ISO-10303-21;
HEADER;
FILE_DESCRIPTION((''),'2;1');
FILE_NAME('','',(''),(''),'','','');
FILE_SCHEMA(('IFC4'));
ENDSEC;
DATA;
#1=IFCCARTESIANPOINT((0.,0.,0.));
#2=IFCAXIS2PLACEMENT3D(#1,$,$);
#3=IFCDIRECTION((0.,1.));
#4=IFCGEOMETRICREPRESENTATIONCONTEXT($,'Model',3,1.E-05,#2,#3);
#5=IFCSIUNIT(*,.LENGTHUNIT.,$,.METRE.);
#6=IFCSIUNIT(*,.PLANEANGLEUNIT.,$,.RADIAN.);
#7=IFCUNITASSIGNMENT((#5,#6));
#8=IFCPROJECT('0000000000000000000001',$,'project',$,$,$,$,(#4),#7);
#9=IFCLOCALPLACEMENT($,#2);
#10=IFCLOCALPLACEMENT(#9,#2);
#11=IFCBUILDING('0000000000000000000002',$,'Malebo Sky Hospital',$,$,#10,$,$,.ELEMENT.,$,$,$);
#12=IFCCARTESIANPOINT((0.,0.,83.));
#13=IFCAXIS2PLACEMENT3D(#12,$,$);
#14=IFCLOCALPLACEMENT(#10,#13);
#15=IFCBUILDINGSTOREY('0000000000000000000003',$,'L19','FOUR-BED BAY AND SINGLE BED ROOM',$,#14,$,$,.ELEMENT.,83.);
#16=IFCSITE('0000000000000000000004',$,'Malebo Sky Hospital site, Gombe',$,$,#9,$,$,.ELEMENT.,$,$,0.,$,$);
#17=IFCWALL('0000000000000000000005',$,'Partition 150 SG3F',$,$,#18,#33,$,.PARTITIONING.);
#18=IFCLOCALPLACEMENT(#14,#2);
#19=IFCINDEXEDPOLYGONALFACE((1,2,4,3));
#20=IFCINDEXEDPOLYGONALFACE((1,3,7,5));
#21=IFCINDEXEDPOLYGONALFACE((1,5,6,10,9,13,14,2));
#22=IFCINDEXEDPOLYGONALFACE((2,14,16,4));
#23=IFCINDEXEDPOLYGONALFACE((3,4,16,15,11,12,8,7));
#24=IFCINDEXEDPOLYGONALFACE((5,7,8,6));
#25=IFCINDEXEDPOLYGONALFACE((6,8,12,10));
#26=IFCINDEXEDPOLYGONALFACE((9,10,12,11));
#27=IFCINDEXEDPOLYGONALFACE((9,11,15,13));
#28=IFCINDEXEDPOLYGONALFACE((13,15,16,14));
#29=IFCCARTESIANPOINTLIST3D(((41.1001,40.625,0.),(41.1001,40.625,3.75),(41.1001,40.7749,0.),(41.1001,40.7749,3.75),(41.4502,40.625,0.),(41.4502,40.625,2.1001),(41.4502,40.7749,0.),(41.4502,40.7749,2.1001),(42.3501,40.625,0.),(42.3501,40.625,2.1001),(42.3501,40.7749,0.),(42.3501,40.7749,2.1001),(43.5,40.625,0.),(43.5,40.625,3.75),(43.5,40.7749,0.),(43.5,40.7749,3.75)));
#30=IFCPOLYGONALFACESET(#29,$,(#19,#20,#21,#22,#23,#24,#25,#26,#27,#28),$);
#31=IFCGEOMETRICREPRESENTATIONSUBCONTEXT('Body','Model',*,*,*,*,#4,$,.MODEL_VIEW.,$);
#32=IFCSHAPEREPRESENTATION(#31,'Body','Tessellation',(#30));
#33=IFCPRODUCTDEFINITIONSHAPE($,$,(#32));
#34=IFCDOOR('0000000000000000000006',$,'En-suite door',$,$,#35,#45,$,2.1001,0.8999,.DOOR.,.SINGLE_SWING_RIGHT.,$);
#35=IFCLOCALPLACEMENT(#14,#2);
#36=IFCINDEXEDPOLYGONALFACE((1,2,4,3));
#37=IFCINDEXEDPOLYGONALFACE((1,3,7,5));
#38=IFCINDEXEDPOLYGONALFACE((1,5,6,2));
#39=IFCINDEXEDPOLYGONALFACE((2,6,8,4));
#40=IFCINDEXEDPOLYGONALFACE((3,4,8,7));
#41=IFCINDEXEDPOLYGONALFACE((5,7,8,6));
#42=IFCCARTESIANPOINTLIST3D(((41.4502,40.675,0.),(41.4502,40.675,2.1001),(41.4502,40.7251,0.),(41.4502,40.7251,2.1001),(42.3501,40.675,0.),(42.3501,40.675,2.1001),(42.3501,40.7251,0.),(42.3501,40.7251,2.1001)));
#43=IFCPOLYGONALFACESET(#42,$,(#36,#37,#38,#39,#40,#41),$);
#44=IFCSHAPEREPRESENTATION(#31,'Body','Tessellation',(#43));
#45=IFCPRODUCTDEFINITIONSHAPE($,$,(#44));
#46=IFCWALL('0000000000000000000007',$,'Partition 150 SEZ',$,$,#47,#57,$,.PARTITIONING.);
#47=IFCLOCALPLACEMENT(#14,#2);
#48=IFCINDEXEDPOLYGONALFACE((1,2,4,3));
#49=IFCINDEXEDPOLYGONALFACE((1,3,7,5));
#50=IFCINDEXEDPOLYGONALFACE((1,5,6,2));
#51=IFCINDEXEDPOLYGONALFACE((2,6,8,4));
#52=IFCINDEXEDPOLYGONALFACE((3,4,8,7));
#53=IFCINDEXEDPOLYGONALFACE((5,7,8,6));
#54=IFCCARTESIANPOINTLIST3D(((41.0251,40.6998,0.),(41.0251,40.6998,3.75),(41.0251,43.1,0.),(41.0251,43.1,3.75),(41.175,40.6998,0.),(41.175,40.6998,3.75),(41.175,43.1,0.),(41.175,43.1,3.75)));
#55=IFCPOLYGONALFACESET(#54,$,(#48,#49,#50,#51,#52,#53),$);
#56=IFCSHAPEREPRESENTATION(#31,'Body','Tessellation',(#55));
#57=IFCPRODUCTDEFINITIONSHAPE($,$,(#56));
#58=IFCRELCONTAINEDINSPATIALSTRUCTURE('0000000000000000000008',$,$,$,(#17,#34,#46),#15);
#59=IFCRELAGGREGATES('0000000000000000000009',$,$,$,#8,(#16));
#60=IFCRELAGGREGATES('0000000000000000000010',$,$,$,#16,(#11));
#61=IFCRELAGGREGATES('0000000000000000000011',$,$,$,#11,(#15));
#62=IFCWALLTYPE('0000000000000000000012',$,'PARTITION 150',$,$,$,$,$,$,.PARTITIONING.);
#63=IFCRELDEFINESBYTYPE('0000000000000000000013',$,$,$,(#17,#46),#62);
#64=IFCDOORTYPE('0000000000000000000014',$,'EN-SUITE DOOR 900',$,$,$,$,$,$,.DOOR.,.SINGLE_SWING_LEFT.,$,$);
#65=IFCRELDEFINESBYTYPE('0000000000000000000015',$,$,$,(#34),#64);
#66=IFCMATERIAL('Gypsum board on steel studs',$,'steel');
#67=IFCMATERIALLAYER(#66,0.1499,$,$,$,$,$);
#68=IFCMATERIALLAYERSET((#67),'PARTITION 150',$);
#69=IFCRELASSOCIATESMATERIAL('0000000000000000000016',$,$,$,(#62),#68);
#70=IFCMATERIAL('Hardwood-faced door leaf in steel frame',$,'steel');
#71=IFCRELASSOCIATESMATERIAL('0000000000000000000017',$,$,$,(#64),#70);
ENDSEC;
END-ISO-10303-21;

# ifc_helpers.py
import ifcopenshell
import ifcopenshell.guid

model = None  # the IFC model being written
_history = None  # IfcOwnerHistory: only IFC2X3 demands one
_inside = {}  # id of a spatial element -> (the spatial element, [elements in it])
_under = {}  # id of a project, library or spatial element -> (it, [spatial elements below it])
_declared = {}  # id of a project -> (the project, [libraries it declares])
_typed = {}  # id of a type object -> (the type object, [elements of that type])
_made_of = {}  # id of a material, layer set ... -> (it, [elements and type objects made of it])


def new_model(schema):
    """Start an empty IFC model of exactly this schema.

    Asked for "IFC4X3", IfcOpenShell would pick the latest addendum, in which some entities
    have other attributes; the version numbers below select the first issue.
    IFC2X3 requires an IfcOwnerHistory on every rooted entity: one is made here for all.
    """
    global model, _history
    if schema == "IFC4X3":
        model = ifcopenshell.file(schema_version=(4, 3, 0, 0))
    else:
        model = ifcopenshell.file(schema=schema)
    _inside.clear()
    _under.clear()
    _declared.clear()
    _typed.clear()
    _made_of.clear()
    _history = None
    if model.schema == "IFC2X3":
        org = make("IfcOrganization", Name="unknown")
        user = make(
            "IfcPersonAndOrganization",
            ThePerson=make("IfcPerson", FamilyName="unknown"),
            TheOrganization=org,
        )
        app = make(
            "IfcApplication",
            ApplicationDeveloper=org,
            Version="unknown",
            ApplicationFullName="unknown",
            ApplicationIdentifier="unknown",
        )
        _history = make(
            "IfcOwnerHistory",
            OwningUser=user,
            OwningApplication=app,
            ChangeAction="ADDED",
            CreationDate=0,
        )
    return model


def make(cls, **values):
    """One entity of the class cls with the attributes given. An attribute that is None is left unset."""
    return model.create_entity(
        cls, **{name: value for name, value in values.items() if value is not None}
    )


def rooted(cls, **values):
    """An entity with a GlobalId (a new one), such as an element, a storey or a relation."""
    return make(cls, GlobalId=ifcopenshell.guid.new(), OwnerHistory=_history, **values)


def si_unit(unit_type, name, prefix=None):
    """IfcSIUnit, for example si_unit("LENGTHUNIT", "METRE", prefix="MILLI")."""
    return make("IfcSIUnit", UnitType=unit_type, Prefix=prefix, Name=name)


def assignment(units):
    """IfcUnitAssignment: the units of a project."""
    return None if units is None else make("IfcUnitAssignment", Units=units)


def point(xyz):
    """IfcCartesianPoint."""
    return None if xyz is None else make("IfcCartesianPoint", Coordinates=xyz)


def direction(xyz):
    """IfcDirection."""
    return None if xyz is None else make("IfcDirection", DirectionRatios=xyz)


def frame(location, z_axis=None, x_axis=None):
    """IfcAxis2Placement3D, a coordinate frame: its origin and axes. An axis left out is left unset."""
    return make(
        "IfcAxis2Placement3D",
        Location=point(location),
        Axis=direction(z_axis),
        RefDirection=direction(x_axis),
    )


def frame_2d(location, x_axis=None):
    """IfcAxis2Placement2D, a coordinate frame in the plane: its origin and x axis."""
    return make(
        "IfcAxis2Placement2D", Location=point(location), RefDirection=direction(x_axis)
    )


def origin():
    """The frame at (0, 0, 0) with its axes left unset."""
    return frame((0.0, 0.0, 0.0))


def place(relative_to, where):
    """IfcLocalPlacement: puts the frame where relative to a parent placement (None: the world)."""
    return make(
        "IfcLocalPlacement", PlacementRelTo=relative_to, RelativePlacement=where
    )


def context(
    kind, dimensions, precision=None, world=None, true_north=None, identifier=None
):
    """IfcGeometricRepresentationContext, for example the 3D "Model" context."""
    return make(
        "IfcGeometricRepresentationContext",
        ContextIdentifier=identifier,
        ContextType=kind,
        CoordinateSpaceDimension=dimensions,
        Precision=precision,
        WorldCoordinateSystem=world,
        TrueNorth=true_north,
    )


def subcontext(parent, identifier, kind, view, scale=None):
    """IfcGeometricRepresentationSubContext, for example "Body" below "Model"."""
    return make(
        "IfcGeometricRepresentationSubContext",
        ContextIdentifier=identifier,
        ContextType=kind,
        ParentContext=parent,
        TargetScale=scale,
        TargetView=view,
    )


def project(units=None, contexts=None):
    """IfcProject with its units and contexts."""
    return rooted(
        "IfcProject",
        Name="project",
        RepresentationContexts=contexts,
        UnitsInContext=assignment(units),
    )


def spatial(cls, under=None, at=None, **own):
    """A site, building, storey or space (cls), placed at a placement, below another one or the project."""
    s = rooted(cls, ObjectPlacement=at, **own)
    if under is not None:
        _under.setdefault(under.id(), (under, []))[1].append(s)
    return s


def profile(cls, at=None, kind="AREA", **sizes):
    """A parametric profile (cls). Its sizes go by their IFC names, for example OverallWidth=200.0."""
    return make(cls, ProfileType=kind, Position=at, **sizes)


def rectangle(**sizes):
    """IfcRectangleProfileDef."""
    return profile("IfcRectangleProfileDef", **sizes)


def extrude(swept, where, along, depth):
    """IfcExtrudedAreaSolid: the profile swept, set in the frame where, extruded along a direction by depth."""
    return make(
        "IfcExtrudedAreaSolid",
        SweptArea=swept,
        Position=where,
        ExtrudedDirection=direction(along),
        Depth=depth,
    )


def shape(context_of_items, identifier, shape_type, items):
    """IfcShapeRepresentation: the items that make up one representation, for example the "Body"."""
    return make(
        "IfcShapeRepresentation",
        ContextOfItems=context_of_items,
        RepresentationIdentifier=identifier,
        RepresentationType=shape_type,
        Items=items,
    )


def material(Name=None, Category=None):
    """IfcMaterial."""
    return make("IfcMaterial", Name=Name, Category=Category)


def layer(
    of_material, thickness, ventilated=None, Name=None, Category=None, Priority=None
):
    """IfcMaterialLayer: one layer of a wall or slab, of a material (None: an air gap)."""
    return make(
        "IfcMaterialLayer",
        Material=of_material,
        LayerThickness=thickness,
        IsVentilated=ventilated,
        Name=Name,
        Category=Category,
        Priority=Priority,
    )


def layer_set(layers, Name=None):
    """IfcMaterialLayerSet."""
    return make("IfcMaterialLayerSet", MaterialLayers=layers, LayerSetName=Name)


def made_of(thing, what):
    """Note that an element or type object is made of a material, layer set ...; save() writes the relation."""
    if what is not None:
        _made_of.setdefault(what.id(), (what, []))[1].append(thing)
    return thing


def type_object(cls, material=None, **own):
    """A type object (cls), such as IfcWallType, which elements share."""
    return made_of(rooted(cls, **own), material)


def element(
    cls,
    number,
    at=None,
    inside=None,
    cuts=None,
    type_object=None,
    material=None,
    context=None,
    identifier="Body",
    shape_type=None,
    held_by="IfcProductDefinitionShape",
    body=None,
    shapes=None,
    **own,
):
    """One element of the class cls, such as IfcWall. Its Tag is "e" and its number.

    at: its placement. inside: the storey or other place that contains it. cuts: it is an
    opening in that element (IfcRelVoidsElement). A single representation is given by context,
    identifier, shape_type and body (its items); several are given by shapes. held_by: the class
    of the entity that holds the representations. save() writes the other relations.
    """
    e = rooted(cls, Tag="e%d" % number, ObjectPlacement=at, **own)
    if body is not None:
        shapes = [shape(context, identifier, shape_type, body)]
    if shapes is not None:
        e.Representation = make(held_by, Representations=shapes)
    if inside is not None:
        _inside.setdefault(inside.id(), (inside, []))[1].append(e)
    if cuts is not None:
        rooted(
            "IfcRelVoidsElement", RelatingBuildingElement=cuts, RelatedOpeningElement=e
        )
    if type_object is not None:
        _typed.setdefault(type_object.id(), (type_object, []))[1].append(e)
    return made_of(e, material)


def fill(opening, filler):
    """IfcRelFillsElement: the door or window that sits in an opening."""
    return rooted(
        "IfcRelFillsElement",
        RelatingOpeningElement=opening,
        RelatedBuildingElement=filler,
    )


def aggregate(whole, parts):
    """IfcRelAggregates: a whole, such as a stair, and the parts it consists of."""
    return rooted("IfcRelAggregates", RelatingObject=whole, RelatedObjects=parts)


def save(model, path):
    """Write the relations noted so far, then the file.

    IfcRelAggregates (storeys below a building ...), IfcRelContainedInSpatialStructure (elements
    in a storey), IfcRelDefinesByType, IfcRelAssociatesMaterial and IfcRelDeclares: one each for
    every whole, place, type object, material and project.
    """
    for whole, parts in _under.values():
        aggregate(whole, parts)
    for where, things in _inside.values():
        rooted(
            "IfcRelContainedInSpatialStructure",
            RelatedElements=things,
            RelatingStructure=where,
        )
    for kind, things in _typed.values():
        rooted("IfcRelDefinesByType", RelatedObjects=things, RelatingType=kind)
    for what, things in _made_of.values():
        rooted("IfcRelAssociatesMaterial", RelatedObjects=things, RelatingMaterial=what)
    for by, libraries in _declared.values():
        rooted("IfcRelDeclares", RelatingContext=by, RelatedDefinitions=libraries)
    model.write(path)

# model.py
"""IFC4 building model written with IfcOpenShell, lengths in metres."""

from ifc_helpers import new_model, si_unit, direction, frame, frame_2d, origin, place, context, subcontext, project, spatial, rectangle, extrude, material, layer, layer_set, type_object, element, fill, save


model = new_model("IFC4")

# Units and contexts
model_context = context("Model", 3, precision=1e-05, world=origin(), true_north=direction((0.0, 1.0)))
body_context = subcontext(model_context, "Body", "Model", "MODEL_VIEW")
ifc_project = project(units=[si_unit("LENGTHUNIT", "METRE"), si_unit("PLANEANGLEUNIT", "RADIAN")], contexts=[model_context])

# Site, building, storey
site_placement = place(None, origin())
site = spatial("IfcSite", under=ifc_project, at=site_placement, Name="Malebo Sky Hospital site, Gombe", CompositionType="ELEMENT", RefElevation=0.0)
building_placement = place(site_placement, origin())
building = spatial("IfcBuilding", under=site, at=building_placement, Name="Malebo Sky Hospital", CompositionType="ELEMENT")
storey_placement = place(building_placement, frame((0.0, 0.0, 83.0)))
storey = spatial("IfcBuildingStorey", under=building, at=storey_placement, Name="L19", Description="FOUR-BED BAY AND SINGLE BED ROOM", CompositionType="ELEMENT", Elevation=83.0)

# Shared definitions
ifc_material_1 = material(Name="Gypsum board on steel studs", Category="steel")
ifc_material_2 = material(Name="Hardwood-faced door leaf in steel frame", Category="steel")

# Shared definitions
ifc_layer_1 = layer(ifc_material_1, 0.1499)
ifc_layer_set_1 = layer_set([ifc_layer_1], Name="PARTITION 150")
wall_type_1 = type_object("IfcWallType", Name="PARTITION 150", PredefinedType="PARTITIONING", material=ifc_layer_set_1)

# Wall, opening, door
wall_1_placement = place(storey_placement, frame((43.5, 40.7, 0.0), z_axis=(0.0, 0.0, 1.0), x_axis=(-1.0, 0.0, 0.0)))
wall_1 = element("IfcWall", 1, at=wall_1_placement, inside=storey, type_object=wall_type_1, Name="Partition 150 SG3F", PredefinedType="PARTITIONING", context=body_context, shape_type="SweptSolid", body=[
    extrude(rectangle(XDim=2.3999, YDim=0.1499, at=frame_2d((1.2, 0.0))), origin(), (0.0, 0.0, 1.0), 3.75),
])
opening_1_placement = place(wall_1_placement, frame((1.1499, 0.0, 0.0)))
opening_1 = element("IfcOpeningElement", 2, at=opening_1_placement, cuts=wall_1, PredefinedType="OPENING", context=body_context, shape_type="SweptSolid", body=[
    extrude(rectangle(XDim=0.8999, YDim=2.1001, at=frame_2d((0.45, 1.05))), frame((0.0, 0.085, 0.0), z_axis=(0.0, -1.0, 0.0), x_axis=(1.0, 0.0, 0.0)), (0.0, 0.0, 1.0), 0.1699),
])
door_type_1 = type_object("IfcDoorType", Name="EN-SUITE DOOR 900", OperationType="SINGLE_SWING_LEFT", PredefinedType="DOOR", material=ifc_material_2)
door_1_placement = place(opening_1_placement, origin())
door_1 = element("IfcDoor", 3, at=door_1_placement, inside=storey, type_object=door_type_1, Name="En-suite door", OperationType="SINGLE_SWING_RIGHT", OverallHeight=2.1001, OverallWidth=0.8999, PredefinedType="DOOR", context=body_context, shape_type="SweptSolid", body=[
    extrude(rectangle(XDim=0.8999, YDim=2.1001, at=frame_2d((0.45, 1.05))), frame((0.0, 0.0249, 0.0), z_axis=(0.0, -1.0, 0.0), x_axis=(1.0, 0.0, 0.0)), (0.0, 0.0, 1.0), 0.05),
])
fill(opening_1, door_1)

# Wall
wall_2_placement = place(storey_placement, frame((41.1001, 43.1001, 0.0), z_axis=(0.0, 0.0, 1.0), x_axis=(0.0, -1.0, 0.0)))
element("IfcWall", 4, at=wall_2_placement, inside=storey, type_object=wall_type_1, Name="Partition 150 SEZ", PredefinedType="PARTITIONING", context=body_context, shape_type="SweptSolid", body=[
    extrude(rectangle(XDim=2.4001, YDim=0.1499, at=frame_2d((1.2002, 0.0))), origin(), (0.0, 0.0, 1.0), 3.75),
])

save(model, "model.ifc")
